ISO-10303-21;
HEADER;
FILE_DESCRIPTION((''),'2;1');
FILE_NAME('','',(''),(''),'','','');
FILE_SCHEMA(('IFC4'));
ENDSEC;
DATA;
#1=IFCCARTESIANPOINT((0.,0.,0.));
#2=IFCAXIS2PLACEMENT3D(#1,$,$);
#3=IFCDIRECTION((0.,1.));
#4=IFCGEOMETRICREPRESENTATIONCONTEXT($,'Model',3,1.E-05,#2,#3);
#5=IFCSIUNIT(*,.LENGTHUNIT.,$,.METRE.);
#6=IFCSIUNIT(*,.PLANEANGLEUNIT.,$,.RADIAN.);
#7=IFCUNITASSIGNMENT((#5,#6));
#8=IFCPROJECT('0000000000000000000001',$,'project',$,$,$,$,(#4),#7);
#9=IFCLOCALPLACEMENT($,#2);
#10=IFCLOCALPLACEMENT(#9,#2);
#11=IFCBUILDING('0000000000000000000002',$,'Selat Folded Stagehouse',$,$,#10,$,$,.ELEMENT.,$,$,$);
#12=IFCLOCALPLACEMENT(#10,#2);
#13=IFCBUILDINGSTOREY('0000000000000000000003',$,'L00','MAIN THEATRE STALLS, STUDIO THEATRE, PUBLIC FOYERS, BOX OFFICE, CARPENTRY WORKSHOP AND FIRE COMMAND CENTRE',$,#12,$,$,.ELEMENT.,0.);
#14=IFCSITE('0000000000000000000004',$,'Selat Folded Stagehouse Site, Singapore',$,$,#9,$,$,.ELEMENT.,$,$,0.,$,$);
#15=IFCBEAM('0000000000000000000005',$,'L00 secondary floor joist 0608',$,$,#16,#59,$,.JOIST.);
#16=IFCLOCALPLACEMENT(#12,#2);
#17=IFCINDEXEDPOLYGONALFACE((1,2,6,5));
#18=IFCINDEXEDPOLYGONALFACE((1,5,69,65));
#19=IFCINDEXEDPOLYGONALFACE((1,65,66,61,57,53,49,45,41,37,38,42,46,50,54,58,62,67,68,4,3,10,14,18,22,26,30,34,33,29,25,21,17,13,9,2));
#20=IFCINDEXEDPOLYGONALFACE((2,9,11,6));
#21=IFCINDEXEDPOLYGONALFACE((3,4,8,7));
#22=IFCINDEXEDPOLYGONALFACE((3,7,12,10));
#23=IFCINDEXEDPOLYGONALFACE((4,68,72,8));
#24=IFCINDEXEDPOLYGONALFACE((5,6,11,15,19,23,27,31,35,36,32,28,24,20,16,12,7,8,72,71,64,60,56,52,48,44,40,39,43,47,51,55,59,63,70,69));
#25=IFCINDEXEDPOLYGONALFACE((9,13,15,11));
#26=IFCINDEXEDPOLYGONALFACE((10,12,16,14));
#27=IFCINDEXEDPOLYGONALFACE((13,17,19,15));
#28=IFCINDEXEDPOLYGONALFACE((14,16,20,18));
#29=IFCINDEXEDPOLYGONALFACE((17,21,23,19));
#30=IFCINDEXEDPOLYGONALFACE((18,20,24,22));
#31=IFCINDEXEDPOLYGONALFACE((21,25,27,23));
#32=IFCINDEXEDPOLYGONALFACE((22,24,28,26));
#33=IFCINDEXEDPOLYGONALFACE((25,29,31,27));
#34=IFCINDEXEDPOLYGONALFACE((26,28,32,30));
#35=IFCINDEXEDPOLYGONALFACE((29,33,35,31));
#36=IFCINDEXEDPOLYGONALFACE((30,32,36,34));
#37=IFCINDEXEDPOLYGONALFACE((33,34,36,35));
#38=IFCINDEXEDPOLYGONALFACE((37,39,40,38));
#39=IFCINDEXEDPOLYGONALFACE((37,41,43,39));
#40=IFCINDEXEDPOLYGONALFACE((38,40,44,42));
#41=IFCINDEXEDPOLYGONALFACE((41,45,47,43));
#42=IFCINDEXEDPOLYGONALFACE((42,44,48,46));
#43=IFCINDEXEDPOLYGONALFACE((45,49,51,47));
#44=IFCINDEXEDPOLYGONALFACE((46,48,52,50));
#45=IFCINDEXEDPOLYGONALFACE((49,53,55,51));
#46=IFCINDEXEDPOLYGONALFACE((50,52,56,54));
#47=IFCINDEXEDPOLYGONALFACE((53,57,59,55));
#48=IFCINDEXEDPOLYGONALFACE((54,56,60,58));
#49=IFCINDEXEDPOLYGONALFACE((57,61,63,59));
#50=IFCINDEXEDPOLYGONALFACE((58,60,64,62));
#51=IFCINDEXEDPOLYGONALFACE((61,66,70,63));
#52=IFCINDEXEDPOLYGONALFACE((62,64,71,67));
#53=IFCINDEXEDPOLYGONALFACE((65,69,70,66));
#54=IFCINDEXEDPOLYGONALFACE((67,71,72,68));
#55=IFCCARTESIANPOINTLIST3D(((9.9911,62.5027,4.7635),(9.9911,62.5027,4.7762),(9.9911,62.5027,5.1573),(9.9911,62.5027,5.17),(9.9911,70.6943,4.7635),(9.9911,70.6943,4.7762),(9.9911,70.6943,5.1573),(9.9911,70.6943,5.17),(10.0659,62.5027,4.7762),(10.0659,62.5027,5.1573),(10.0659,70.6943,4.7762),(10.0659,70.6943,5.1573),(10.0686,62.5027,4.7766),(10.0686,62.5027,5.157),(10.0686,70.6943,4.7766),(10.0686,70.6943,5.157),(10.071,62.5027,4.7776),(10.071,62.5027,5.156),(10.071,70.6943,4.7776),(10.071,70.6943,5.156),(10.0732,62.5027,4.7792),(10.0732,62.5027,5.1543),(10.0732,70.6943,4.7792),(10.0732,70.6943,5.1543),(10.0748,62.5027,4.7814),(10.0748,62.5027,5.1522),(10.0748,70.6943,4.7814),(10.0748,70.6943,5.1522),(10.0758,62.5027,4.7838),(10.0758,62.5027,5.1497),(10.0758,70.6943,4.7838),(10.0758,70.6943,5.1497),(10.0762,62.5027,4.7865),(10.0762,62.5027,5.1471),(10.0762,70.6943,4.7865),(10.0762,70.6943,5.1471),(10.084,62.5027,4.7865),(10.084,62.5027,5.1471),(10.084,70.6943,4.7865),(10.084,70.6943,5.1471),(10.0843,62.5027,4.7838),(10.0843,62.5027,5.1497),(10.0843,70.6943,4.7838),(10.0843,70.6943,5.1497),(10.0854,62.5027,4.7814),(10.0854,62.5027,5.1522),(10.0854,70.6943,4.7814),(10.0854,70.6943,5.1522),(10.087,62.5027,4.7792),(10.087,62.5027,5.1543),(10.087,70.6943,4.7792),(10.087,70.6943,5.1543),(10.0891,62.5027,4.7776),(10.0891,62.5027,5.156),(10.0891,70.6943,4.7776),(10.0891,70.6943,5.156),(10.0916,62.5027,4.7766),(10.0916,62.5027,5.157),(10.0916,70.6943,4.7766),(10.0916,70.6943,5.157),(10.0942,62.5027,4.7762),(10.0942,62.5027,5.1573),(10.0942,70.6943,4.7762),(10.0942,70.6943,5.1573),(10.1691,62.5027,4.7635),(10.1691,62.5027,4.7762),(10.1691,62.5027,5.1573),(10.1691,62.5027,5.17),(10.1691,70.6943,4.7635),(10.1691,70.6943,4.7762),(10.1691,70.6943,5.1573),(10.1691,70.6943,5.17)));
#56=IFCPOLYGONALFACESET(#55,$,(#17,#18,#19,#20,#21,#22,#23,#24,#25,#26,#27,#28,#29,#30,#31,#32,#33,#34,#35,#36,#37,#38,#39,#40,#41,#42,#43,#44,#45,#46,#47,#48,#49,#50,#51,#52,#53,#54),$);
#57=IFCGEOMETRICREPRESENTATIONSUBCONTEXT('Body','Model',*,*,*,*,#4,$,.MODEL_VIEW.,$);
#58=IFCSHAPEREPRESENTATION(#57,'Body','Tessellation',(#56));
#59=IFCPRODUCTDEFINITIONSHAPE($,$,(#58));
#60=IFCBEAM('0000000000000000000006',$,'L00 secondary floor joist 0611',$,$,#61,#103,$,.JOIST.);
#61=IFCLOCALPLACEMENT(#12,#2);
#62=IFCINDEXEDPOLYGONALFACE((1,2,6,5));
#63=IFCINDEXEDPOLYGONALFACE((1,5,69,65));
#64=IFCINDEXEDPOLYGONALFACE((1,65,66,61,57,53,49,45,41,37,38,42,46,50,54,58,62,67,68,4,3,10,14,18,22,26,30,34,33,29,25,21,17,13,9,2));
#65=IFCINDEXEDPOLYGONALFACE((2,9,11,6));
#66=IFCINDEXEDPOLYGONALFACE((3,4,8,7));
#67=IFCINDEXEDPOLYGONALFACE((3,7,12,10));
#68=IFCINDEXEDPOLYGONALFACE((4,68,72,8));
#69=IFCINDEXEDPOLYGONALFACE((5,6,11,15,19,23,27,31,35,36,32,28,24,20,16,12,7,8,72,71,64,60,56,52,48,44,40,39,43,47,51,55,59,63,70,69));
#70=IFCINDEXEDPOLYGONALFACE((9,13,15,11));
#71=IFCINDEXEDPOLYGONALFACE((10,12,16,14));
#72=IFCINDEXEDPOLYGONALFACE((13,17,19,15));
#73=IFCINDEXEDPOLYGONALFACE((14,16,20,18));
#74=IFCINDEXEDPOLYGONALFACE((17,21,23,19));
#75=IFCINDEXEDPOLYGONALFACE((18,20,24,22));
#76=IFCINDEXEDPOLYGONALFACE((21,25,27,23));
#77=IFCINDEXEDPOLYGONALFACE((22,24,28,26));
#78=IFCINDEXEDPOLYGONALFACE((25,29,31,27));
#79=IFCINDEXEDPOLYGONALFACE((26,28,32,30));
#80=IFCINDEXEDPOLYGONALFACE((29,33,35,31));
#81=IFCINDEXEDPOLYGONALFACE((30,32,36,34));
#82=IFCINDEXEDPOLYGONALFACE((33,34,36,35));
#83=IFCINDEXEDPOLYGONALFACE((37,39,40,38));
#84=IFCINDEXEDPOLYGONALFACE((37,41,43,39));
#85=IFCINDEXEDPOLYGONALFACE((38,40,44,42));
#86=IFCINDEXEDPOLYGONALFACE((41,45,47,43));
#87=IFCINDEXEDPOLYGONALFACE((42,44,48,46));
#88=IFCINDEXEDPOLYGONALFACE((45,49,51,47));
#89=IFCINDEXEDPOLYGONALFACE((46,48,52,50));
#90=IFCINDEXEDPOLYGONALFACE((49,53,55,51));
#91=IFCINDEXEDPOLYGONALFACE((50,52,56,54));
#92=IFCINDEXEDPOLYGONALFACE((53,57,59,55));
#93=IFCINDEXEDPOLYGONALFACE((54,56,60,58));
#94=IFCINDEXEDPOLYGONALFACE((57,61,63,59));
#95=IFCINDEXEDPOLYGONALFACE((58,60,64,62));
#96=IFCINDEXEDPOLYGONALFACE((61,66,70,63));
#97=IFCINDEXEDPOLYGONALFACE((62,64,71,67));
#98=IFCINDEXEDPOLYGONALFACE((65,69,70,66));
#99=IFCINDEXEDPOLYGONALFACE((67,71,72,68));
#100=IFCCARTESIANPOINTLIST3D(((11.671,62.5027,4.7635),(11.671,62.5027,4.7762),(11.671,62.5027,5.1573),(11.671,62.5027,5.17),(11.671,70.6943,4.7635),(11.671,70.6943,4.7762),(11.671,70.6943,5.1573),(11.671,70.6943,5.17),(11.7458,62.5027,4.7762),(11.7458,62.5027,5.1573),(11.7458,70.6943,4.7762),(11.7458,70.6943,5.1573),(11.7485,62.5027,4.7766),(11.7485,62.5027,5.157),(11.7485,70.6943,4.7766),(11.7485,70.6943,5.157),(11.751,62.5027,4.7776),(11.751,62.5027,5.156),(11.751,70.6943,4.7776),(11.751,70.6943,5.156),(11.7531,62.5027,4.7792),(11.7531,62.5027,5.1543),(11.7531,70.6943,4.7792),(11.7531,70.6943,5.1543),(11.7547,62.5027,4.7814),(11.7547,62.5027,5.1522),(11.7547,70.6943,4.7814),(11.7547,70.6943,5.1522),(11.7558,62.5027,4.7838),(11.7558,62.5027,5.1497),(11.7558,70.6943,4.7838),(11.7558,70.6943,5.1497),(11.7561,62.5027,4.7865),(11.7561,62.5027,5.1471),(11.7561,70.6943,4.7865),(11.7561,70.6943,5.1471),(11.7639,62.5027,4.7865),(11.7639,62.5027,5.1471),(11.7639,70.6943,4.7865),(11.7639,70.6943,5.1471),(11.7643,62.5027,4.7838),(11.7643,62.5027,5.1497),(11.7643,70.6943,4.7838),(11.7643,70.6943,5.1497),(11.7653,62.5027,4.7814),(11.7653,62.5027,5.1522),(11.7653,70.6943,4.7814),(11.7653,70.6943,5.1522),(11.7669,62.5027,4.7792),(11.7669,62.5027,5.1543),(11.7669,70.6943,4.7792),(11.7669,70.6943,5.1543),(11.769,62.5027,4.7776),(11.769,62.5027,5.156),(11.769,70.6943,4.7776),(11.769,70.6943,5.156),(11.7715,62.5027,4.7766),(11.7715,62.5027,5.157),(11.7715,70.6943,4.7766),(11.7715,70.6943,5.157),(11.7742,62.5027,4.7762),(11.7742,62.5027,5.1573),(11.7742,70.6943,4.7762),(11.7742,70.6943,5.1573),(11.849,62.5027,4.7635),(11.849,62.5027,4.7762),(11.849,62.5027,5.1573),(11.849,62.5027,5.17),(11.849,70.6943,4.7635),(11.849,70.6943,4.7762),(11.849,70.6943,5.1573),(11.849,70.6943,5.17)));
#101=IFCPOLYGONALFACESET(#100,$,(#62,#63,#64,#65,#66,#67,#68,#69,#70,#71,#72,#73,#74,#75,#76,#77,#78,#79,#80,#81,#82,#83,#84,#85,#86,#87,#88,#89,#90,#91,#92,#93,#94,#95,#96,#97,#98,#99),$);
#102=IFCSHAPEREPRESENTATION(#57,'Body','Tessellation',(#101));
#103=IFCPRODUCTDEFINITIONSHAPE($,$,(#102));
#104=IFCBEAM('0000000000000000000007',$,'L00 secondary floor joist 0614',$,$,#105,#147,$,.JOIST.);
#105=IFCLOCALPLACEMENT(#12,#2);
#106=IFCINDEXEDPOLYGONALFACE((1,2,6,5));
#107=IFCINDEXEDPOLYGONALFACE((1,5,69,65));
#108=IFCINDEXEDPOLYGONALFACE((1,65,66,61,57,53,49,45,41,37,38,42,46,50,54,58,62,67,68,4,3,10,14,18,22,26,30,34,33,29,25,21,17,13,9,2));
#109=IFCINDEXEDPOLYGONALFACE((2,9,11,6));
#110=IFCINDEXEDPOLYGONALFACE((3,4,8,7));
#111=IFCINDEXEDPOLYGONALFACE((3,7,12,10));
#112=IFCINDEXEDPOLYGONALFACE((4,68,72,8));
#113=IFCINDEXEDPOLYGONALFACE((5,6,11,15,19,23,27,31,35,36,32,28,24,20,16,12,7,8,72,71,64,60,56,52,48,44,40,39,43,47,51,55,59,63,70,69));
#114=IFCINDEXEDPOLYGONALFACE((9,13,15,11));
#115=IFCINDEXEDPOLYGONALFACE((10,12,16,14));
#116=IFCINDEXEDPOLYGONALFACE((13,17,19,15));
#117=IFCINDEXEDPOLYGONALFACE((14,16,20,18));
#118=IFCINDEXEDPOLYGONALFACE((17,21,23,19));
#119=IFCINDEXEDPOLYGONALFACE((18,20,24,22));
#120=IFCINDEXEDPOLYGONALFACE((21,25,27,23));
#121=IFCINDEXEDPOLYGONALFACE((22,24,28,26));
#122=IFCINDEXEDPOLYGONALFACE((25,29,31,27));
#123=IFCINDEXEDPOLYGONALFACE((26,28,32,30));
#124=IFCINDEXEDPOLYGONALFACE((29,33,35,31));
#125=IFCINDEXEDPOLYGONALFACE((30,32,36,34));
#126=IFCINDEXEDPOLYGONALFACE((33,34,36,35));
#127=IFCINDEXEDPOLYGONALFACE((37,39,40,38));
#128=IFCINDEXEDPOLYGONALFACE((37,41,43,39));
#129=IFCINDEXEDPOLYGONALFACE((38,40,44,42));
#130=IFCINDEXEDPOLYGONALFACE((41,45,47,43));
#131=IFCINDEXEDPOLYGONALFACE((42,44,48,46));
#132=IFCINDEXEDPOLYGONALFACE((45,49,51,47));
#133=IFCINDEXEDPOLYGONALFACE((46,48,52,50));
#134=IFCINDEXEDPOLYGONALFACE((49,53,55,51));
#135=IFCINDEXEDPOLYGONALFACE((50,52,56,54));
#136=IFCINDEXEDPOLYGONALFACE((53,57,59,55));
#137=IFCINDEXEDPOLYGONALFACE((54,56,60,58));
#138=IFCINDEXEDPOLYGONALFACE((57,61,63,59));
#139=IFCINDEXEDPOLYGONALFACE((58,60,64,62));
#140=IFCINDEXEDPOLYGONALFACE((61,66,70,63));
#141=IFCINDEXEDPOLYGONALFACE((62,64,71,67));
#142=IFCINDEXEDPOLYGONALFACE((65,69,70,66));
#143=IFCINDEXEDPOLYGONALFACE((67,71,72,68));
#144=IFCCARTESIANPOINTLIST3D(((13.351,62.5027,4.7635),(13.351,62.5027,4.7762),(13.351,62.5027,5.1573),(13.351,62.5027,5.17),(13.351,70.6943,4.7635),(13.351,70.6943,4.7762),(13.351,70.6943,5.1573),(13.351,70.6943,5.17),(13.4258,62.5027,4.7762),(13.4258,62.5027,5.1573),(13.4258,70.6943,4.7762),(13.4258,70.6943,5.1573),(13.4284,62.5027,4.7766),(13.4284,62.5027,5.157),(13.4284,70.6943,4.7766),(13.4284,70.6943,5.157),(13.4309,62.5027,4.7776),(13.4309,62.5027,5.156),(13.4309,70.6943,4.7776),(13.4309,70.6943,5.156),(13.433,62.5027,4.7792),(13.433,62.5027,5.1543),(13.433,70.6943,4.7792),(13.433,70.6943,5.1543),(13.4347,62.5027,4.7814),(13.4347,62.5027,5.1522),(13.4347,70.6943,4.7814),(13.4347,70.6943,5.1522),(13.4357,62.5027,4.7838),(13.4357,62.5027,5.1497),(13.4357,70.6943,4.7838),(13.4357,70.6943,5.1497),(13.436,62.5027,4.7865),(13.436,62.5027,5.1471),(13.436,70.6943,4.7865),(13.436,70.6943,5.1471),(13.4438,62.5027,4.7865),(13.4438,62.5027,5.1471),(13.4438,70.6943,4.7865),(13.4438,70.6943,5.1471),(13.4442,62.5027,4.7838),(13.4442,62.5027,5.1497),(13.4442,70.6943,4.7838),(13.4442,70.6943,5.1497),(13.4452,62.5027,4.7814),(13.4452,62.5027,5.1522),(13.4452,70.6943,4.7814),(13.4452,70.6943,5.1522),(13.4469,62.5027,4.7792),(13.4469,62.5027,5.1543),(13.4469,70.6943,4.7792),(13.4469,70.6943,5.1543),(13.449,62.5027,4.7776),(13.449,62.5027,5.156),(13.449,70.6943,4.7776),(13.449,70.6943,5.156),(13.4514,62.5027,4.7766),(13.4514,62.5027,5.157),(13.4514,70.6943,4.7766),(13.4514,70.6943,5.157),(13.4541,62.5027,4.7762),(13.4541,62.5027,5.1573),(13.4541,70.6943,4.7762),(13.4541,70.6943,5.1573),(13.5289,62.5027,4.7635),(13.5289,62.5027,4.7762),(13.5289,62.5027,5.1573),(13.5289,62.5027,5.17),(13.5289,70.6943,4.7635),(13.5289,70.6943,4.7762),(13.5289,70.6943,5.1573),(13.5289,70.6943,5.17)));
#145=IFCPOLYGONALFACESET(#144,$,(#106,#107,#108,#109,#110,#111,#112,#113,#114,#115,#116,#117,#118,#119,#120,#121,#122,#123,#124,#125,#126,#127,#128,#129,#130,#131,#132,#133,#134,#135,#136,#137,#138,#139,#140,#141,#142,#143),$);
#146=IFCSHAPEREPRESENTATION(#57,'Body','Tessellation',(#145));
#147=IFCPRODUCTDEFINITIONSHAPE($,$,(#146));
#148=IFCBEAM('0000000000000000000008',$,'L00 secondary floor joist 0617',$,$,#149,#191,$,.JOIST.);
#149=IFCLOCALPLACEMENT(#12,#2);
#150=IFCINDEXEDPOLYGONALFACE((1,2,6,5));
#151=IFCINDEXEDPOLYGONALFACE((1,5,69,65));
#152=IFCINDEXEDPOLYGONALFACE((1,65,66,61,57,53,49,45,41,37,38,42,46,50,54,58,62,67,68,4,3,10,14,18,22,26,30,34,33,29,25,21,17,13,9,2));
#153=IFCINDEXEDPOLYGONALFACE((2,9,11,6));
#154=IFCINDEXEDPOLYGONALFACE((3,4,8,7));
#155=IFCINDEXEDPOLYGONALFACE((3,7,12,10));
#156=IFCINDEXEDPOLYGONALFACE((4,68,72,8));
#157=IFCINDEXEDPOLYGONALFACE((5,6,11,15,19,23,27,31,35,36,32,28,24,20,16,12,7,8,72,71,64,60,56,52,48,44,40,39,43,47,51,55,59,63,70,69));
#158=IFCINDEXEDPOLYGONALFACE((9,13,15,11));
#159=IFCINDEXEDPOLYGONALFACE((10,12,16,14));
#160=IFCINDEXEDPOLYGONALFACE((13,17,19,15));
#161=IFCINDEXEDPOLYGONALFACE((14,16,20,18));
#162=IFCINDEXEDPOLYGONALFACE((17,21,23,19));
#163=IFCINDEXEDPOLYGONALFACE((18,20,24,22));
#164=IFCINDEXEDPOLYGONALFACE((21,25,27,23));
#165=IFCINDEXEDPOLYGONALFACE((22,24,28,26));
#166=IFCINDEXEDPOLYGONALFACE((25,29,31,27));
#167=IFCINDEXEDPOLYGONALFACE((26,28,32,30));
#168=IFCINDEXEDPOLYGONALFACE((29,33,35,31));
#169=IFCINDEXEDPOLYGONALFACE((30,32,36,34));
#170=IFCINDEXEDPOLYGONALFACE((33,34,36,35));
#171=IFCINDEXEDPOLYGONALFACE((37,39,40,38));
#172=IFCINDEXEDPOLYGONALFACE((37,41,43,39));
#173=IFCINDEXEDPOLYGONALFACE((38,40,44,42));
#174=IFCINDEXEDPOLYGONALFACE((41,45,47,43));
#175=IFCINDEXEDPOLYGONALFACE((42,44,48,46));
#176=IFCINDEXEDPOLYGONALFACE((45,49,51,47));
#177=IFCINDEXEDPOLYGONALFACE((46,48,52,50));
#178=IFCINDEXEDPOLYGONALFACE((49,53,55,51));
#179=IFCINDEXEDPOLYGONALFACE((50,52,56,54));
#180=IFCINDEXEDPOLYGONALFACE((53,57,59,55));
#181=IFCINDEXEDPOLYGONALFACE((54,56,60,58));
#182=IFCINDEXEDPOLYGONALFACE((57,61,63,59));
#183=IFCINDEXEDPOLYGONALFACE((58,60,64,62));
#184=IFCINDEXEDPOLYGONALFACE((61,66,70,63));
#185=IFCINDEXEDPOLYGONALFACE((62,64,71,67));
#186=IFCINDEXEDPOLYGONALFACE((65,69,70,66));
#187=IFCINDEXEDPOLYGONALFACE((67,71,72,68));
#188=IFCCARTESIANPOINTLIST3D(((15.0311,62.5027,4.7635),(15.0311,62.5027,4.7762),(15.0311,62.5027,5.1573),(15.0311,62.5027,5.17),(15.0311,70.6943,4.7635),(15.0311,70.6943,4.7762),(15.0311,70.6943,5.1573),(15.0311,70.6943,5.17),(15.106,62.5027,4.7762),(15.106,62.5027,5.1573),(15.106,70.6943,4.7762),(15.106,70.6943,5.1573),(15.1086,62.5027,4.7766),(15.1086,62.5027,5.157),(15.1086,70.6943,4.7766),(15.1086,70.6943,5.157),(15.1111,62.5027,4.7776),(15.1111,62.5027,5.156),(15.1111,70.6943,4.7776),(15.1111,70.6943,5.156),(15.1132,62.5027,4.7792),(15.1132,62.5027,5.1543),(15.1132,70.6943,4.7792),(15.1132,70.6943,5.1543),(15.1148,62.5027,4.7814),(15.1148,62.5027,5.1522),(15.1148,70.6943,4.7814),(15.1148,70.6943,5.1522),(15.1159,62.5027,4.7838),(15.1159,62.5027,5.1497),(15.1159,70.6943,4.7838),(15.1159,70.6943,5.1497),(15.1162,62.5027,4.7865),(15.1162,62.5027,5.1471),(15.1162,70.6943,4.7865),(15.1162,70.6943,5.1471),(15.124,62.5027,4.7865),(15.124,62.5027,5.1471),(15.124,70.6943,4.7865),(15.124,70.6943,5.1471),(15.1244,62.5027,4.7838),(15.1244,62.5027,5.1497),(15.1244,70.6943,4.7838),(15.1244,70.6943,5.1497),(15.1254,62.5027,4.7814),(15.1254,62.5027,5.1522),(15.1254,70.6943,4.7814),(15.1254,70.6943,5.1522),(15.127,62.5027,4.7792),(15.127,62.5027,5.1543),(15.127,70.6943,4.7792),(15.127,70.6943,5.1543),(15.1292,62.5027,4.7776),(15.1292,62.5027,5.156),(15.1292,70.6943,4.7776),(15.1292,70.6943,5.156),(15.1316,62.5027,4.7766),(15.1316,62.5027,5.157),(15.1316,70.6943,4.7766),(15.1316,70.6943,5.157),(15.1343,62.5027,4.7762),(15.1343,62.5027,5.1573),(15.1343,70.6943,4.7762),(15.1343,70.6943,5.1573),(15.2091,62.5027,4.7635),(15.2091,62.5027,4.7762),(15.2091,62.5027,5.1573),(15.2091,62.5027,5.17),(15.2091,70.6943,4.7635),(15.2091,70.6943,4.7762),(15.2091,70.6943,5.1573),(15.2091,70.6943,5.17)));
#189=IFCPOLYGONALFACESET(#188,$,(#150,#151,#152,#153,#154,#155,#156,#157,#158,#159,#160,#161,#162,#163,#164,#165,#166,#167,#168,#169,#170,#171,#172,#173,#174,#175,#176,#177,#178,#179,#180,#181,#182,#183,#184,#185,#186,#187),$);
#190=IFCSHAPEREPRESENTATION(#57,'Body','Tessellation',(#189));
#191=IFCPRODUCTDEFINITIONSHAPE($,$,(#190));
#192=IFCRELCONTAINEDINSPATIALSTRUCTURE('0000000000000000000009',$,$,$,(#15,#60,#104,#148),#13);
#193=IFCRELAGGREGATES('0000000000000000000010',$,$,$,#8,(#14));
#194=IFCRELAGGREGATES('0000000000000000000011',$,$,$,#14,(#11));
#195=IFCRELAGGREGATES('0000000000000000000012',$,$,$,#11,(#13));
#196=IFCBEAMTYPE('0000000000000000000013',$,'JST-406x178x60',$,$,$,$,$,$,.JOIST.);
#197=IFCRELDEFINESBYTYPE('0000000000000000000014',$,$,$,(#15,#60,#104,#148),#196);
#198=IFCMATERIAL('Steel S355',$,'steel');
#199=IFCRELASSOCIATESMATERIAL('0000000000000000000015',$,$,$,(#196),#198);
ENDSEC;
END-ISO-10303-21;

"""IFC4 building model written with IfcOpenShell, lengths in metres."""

from ifc_helpers import new_model, si_unit, direction, frame, origin, origin_2d, place, context, subcontext, project, spatial, i_section, extrude, material, material_profile, profile_set, type_object, element, save


model = new_model("IFC4")

# Units and contexts
model_context = context("Model", 3, precision=1e-05, world=origin(), true_north=direction((0.0, 1.0)))
body_context = subcontext(model_context, "Body", "Model", "MODEL_VIEW")
ifc_project = project(units=[si_unit("LENGTHUNIT", "METRE"), si_unit("PLANEANGLEUNIT", "RADIAN")], contexts=[model_context])

# Site, building, storey
site_placement = place(None, origin())
site = spatial("IfcSite", under=ifc_project, at=site_placement, Name="Selat Folded Stagehouse Site, Singapore", CompositionType="ELEMENT", RefElevation=0.0)
building_placement = place(site_placement, origin())
building = spatial("IfcBuilding", under=site, at=building_placement, Name="Selat Folded Stagehouse", CompositionType="ELEMENT")
storey_placement = place(building_placement, origin())
storey = spatial("IfcBuildingStorey", under=building, at=storey_placement, Name="L00", Description="MAIN THEATRE STALLS, STUDIO THEATRE, PUBLIC FOYERS, BOX OFFICE, CARPENTRY WORKSHOP AND FIRE COMMAND CENTRE", CompositionType="ELEMENT", Elevation=0.0)

# Shared definitions
ifc_material_1 = material(Name="Steel S355", Category="steel")

# Beams
ifc_material_profile_1 = material_profile(ifc_material_1, i_section(OverallWidth=0.178, OverallDepth=0.4065, WebThickness=0.0078, FlangeThickness=0.0127, FilletRadius=0.0103, at=origin_2d()), Name="UKB 406x178x60")
ifc_profile_set_1 = profile_set([ifc_material_profile_1], Name="Steel S355")
beam_type_1 = type_object("IfcBeamType", Name="JST-406x178x60", PredefinedType="JOIST", material=ifc_profile_set_1)
for number, where, z_axis, x_axis, name in (
    (1, (10.0801, 62.5027, 4.9668), (0.0, 1.0, 0.0), (-1.0, 0.0, 0.0), "L00 secondary floor joist 0608"),
    (2, (11.76, 62.5027, 4.9668), (0.0, 1.0, 0.0), (-1.0, 0.0, 0.0), "L00 secondary floor joist 0611"),
    (3, (13.4399, 62.5027, 4.9668), (0.0, 1.0, 0.0), (-1.0, 0.0, 0.0), "L00 secondary floor joist 0614"),
    (4, (15.1201, 62.5027, 4.9668), (0.0, 1.0, 0.0), (-1.0, 0.0, 0.0), "L00 secondary floor joist 0617"),
):
    element("IfcBeam", number, at=place(storey_placement, frame(where, z_axis=z_axis, x_axis=x_axis)), inside=storey, type_object=beam_type_1, Name=name, PredefinedType="JOIST", context=body_context, shape_type="SweptSolid", body=[
        extrude(i_section(OverallWidth=0.178, OverallDepth=0.4065, WebThickness=0.0078, FlangeThickness=0.0127, FilletRadius=0.0103, at=origin_2d()), origin(), (0.0, 0.0, 1.0), 8.1917),
    ])

save(model, "model.ifc")
